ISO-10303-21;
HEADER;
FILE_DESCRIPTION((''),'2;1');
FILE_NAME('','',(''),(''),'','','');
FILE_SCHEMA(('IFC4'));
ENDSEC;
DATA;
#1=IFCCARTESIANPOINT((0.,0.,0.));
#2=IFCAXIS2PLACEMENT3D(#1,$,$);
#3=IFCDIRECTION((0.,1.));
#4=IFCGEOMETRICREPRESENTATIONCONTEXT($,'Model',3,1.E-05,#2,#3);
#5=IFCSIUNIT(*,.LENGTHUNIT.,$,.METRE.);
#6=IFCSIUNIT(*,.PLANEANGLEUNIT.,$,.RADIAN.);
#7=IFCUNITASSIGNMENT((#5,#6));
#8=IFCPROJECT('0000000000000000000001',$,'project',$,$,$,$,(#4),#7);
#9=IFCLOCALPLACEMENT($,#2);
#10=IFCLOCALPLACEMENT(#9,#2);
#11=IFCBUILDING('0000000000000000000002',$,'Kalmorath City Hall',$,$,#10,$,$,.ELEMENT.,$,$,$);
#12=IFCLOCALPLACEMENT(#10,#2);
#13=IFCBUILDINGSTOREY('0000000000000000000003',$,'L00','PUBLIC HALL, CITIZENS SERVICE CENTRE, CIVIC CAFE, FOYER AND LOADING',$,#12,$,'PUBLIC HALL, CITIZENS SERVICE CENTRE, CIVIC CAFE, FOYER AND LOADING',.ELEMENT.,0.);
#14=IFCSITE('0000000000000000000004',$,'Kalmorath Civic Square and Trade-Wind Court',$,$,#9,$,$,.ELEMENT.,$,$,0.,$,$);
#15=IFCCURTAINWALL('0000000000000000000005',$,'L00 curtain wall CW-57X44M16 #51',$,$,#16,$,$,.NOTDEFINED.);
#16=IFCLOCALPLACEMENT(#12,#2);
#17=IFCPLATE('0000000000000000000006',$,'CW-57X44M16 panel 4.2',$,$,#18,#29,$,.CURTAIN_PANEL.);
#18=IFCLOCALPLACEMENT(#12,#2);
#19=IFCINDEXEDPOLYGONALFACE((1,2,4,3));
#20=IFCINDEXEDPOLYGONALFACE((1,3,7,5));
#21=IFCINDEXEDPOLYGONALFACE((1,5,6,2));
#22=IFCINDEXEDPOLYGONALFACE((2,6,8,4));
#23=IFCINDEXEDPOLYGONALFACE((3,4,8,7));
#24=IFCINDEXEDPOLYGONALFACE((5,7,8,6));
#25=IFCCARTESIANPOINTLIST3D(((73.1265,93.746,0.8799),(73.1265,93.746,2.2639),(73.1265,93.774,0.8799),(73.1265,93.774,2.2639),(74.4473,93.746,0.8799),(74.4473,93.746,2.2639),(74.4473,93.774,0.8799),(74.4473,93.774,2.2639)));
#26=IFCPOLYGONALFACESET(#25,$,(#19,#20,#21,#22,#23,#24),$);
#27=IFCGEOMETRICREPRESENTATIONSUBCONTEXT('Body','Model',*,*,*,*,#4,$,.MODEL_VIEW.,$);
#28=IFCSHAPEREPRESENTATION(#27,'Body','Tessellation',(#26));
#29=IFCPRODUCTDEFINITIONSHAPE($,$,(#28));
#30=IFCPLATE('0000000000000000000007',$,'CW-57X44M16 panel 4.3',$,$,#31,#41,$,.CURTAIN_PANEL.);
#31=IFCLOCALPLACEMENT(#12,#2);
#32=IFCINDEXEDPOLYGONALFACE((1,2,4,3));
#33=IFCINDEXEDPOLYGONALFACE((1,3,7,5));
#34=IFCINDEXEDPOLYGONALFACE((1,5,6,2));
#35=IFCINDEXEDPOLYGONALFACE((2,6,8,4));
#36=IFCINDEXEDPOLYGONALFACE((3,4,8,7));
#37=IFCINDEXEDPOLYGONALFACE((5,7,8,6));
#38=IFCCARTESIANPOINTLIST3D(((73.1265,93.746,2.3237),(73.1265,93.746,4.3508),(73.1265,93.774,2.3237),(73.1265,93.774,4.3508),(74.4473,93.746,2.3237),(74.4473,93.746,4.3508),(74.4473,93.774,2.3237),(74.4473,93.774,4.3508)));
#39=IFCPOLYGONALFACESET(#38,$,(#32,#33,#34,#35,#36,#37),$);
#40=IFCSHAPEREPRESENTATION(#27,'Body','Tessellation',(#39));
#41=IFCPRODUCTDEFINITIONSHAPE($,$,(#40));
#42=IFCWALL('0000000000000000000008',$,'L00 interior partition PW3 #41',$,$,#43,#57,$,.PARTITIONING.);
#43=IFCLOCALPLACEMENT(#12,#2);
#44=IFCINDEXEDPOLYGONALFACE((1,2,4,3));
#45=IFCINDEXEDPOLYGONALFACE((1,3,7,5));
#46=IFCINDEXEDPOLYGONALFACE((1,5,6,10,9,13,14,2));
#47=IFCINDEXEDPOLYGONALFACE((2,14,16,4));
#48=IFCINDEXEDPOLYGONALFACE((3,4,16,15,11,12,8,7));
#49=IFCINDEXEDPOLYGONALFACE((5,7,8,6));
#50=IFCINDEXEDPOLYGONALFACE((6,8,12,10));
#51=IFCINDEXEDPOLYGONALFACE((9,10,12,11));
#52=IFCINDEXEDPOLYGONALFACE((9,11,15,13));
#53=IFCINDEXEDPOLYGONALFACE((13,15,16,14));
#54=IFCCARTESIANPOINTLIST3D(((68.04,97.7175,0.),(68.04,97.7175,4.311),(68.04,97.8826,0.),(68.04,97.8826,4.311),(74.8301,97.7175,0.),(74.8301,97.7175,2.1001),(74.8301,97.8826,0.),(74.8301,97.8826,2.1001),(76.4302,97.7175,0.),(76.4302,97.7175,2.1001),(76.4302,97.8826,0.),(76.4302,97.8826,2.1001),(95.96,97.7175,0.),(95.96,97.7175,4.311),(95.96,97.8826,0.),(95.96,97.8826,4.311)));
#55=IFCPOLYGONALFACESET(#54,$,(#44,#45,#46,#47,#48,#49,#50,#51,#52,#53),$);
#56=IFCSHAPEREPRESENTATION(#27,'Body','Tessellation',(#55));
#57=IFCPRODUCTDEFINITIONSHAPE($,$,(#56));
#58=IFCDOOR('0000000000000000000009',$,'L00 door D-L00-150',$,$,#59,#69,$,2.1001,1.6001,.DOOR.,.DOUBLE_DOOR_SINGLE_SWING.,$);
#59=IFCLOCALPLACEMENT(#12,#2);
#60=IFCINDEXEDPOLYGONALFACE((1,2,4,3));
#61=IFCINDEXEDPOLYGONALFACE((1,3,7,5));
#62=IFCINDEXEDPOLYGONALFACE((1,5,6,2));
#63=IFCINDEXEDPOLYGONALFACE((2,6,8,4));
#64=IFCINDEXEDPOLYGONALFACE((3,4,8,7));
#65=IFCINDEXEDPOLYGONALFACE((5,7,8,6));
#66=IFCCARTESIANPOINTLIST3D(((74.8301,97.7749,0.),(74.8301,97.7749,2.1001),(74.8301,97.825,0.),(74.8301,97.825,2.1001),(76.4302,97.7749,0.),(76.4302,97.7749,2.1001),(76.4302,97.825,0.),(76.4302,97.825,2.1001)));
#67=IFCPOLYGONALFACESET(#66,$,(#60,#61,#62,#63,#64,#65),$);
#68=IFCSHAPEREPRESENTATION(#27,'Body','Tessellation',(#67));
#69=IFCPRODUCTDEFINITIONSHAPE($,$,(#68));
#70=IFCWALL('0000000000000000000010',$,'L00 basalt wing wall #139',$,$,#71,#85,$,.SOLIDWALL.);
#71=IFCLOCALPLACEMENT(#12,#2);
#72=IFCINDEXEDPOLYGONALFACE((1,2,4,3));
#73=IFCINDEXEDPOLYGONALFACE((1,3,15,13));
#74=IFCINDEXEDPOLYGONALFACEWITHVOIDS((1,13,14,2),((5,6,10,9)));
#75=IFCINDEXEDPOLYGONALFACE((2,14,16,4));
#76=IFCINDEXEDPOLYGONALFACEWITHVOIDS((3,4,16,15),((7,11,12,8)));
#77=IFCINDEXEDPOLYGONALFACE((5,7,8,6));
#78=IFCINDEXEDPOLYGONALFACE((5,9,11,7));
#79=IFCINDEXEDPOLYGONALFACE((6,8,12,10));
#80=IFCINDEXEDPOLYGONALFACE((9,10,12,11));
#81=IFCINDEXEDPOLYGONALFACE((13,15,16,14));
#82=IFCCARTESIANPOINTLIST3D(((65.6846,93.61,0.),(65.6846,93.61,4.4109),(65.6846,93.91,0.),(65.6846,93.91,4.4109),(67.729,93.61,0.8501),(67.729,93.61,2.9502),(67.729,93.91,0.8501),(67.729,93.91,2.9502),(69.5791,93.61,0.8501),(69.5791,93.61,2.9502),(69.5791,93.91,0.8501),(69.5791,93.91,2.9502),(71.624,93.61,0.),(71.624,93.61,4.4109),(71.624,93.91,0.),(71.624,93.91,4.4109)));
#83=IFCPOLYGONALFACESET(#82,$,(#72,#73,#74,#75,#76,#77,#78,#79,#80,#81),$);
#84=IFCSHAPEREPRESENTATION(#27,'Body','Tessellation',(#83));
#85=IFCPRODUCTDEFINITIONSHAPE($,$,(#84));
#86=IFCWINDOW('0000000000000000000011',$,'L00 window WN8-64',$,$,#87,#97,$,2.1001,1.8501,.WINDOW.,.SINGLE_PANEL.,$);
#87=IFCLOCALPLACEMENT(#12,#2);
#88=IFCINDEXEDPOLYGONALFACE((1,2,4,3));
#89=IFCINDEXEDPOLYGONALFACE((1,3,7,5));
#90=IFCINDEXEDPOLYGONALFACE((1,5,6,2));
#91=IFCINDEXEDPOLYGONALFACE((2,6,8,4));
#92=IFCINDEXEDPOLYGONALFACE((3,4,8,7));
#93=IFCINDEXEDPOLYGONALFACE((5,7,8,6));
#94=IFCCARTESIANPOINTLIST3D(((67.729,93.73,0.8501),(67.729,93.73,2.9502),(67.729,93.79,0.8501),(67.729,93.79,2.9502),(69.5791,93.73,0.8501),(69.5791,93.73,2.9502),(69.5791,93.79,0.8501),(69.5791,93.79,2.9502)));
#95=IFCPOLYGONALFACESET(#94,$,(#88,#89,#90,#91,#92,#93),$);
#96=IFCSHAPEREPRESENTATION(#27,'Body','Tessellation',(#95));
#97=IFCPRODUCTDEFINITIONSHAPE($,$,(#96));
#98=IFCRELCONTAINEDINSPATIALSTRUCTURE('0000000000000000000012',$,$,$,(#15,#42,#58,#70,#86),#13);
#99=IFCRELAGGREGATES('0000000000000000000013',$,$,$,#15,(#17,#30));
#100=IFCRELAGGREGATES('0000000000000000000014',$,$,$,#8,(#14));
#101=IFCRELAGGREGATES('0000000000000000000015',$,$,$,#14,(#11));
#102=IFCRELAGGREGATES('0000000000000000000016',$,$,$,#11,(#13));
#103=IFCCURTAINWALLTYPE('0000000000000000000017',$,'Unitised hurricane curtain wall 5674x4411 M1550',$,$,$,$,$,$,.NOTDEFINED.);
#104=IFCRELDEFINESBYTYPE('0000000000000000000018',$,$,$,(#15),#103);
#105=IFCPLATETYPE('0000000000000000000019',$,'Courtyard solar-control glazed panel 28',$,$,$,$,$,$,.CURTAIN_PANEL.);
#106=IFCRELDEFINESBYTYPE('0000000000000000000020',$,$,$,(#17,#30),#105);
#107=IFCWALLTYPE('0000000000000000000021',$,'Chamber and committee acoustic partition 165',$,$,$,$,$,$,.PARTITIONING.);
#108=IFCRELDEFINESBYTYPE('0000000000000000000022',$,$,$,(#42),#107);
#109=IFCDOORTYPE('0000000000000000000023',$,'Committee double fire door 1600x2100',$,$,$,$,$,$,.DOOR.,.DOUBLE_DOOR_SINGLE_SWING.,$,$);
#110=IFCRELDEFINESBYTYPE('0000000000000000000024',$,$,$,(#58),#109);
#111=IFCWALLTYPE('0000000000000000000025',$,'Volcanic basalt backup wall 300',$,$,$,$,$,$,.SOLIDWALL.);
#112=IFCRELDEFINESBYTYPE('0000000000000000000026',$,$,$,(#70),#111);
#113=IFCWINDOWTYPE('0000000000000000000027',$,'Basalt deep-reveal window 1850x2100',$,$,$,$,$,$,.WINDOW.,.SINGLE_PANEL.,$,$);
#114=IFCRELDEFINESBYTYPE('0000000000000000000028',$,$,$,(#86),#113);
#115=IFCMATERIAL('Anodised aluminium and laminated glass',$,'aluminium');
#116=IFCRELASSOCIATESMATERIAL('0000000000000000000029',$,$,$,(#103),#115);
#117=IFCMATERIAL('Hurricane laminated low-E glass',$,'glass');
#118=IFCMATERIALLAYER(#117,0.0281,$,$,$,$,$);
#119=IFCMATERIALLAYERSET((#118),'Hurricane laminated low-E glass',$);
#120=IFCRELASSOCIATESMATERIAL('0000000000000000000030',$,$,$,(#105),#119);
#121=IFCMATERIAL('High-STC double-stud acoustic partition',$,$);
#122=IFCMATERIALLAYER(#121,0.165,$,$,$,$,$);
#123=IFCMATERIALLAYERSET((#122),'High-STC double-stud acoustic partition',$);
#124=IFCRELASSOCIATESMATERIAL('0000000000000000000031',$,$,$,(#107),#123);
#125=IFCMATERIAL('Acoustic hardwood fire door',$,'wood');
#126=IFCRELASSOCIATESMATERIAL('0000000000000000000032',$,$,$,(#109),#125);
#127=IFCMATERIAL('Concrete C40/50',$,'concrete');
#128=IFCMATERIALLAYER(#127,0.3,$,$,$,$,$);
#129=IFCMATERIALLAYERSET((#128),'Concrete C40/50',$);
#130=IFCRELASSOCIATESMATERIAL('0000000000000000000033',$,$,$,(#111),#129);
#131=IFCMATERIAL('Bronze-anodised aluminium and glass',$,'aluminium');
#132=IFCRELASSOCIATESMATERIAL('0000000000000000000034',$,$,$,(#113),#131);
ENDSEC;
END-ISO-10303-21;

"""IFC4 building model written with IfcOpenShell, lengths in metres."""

from ifc_helpers import new_model, si_unit, direction, frame, frame_2d, origin, origin_2d, place, context, subcontext, project, spatial, rectangle, extrude, material, layer, layer_set, type_object, element, fill, aggregate, save


model = new_model("IFC4")

# Units and contexts
model_context = context("Model", 3, precision=1e-05, world=origin(), true_north=direction((0.0, 1.0)))
body_context = subcontext(model_context, "Body", "Model", "MODEL_VIEW")
ifc_project = project(units=[si_unit("LENGTHUNIT", "METRE"), si_unit("PLANEANGLEUNIT", "RADIAN")], contexts=[model_context])

# Site, building, storey
site_placement = place(None, origin())
site = spatial("IfcSite", under=ifc_project, at=site_placement, Name="Kalmorath Civic Square and Trade-Wind Court", CompositionType="ELEMENT", RefElevation=0.0)
building_placement = place(site_placement, origin())
building = spatial("IfcBuilding", under=site, at=building_placement, Name="Kalmorath City Hall", CompositionType="ELEMENT")
storey_placement = place(building_placement, origin())
storey = spatial("IfcBuildingStorey", under=building, at=storey_placement, Name="L00", Description="PUBLIC HALL, CITIZENS SERVICE CENTRE, CIVIC CAFE, FOYER AND LOADING", LongName="PUBLIC HALL, CITIZENS SERVICE CENTRE, CIVIC CAFE, FOYER AND LOADING", CompositionType="ELEMENT", Elevation=0.0)

# Curtain wall
ifc_material_1 = material(Name="Anodised aluminium and laminated glass", Category="aluminium")
curtain_wall_type = type_object("IfcCurtainWallType", Name="Unitised hurricane curtain wall 5674x4411 M1550", PredefinedType="NOTDEFINED", material=ifc_material_1)
curtain_wall_placement = place(storey_placement, origin())
curtain_wall = element("IfcCurtainWall", 1, at=curtain_wall_placement, inside=storey, type_object=curtain_wall_type, Name="L00 curtain wall CW-57X44M16 #51", PredefinedType="NOTDEFINED")

# Plates
ifc_material_2 = material(Name="Hurricane laminated low-E glass", Category="glass")
ifc_layer_1 = layer(ifc_material_2, 0.0281)
ifc_layer_set_1 = layer_set([ifc_layer_1], Name="Hurricane laminated low-E glass")
plate_type = type_object("IfcPlateType", Name="Courtyard solar-control glazed panel 28", PredefinedType="CURTAIN_PANEL", material=ifc_layer_set_1)
plate_1_placement = place(storey_placement, frame((73.7869, 93.76, 0.8799), z_axis=(0.0, 0.0, 1.0), x_axis=(-1.0, 0.0, 0.0)))
plate_1 = element("IfcPlate", 2, at=plate_1_placement, type_object=plate_type, Name="CW-57X44M16 panel 4.2", PredefinedType="CURTAIN_PANEL", context=body_context, shape_type="SweptSolid", body=[
    extrude(rectangle(XDim=1.3208, YDim=0.0281, at=origin_2d()), origin(), (0.0, 0.0, 1.0), 1.384),
])
plate_2_placement = place(storey_placement, frame((73.7869, 93.76, 2.3237), z_axis=(0.0, 0.0, 1.0), x_axis=(-1.0, 0.0, 0.0)))
plate_2 = element("IfcPlate", 3, at=plate_2_placement, type_object=plate_type, Name="CW-57X44M16 panel 4.3", PredefinedType="CURTAIN_PANEL", context=body_context, shape_type="SweptSolid", body=[
    extrude(rectangle(XDim=1.3208, YDim=0.0281, at=origin_2d()), origin(), (0.0, 0.0, 1.0), 2.0271),
])
aggregate(curtain_wall, [plate_1, plate_2])

# Wall, opening, door
ifc_material_3 = material(Name="High-STC double-stud acoustic partition")
ifc_layer_2 = layer(ifc_material_3, 0.165)
ifc_layer_set_2 = layer_set([ifc_layer_2], Name="High-STC double-stud acoustic partition")
wall_type_1 = type_object("IfcWallType", Name="Chamber and committee acoustic partition 165", PredefinedType="PARTITIONING", material=ifc_layer_set_2)
wall_1_placement = place(storey_placement, frame((68.04, 97.8, 0.0), z_axis=(0.0, 0.0, 1.0), x_axis=(1.0, 0.0, 0.0)))
wall_1 = element("IfcWall", 4, at=wall_1_placement, inside=storey, type_object=wall_type_1, Name="L00 interior partition PW3 #41", PredefinedType="PARTITIONING", context=body_context, shape_type="SweptSolid", body=[
    extrude(rectangle(XDim=27.9199, YDim=0.165, at=frame_2d((13.96, 0.0))), origin(), (0.0, 0.0, 1.0), 4.311),
])
opening_1_placement = place(wall_1_placement, frame((6.79, 0.0, 0.0)))
opening_1 = element("IfcOpeningElement", 5, at=opening_1_placement, cuts=wall_1, PredefinedType="OPENING", context=body_context, shape_type="SweptSolid", body=[
    extrude(rectangle(XDim=1.6001, YDim=2.1001, at=frame_2d((0.8, 1.05))), frame((0.0, 0.0925, 0.0), z_axis=(0.0, -1.0, 0.0), x_axis=(1.0, 0.0, 0.0)), (0.0, 0.0, 1.0), 0.1851),
])
ifc_material_4 = material(Name="Acoustic hardwood fire door", Category="wood")
door_type = type_object("IfcDoorType", Name="Committee double fire door 1600x2100", OperationType="DOUBLE_DOOR_SINGLE_SWING", PredefinedType="DOOR", material=ifc_material_4)
door_placement = place(opening_1_placement, origin())
door = element("IfcDoor", 6, at=door_placement, inside=storey, type_object=door_type, Name="L00 door D-L00-150", OperationType="DOUBLE_DOOR_SINGLE_SWING", OverallHeight=2.1001, OverallWidth=1.6001, PredefinedType="DOOR", context=body_context, shape_type="SweptSolid", body=[
    extrude(rectangle(XDim=1.6001, YDim=2.1001, at=frame_2d((0.8, 1.05))), frame((0.0, 0.0249, 0.0), z_axis=(0.0, -1.0, 0.0), x_axis=(1.0, 0.0, 0.0)), (0.0, 0.0, 1.0), 0.05),
])
fill(opening_1, door)

# Wall, opening, window
ifc_material_5 = material(Name="Concrete C40/50", Category="concrete")
ifc_layer_3 = layer(ifc_material_5, 0.3)
ifc_layer_set_3 = layer_set([ifc_layer_3], Name="Concrete C40/50")
wall_type_2 = type_object("IfcWallType", Name="Volcanic basalt backup wall 300", PredefinedType="SOLIDWALL", material=ifc_layer_set_3)
wall_2_placement = place(storey_placement, frame((71.624, 93.76, 0.0), z_axis=(0.0, 0.0, 1.0), x_axis=(-1.0, 0.0, 0.0)))
wall_2 = element("IfcWall", 7, at=wall_2_placement, inside=storey, type_object=wall_type_2, Name="L00 basalt wing wall #139", PredefinedType="SOLIDWALL", context=body_context, shape_type="SweptSolid", body=[
    extrude(rectangle(XDim=5.9395, YDim=0.3, at=frame_2d((2.9697, 0.0))), origin(), (0.0, 0.0, 1.0), 4.4109),
])
opening_2_placement = place(wall_2_placement, frame((2.0449, 0.0, 0.8501)))
opening_2 = element("IfcOpeningElement", 8, at=opening_2_placement, cuts=wall_2, PredefinedType="OPENING", context=body_context, shape_type="SweptSolid", body=[
    extrude(rectangle(XDim=1.8501, YDim=2.1001, at=frame_2d((0.925, 1.05))), frame((0.0, 0.1599, 0.0), z_axis=(0.0, -1.0, 0.0), x_axis=(1.0, 0.0, 0.0)), (0.0, 0.0, 1.0), 0.3201),
])
ifc_material_6 = material(Name="Bronze-anodised aluminium and glass", Category="aluminium")
window_type = type_object("IfcWindowType", Name="Basalt deep-reveal window 1850x2100", PartitioningType="SINGLE_PANEL", PredefinedType="WINDOW", material=ifc_material_6)
window_placement = place(opening_2_placement, origin())
window = element("IfcWindow", 9, at=window_placement, inside=storey, type_object=window_type, Name="L00 window WN8-64", OverallHeight=2.1001, OverallWidth=1.8501, PartitioningType="SINGLE_PANEL", PredefinedType="WINDOW", context=body_context, shape_type="SweptSolid", body=[
    extrude(rectangle(XDim=1.8501, YDim=2.1001, at=frame_2d((0.925, 1.05))), frame((0.0, 0.03, 0.0), z_axis=(0.0, -1.0, 0.0), x_axis=(1.0, 0.0, 0.0)), (0.0, 0.0, 1.0), 0.0601),
])
fill(opening_2, window)

save(model, "model.ifc")
